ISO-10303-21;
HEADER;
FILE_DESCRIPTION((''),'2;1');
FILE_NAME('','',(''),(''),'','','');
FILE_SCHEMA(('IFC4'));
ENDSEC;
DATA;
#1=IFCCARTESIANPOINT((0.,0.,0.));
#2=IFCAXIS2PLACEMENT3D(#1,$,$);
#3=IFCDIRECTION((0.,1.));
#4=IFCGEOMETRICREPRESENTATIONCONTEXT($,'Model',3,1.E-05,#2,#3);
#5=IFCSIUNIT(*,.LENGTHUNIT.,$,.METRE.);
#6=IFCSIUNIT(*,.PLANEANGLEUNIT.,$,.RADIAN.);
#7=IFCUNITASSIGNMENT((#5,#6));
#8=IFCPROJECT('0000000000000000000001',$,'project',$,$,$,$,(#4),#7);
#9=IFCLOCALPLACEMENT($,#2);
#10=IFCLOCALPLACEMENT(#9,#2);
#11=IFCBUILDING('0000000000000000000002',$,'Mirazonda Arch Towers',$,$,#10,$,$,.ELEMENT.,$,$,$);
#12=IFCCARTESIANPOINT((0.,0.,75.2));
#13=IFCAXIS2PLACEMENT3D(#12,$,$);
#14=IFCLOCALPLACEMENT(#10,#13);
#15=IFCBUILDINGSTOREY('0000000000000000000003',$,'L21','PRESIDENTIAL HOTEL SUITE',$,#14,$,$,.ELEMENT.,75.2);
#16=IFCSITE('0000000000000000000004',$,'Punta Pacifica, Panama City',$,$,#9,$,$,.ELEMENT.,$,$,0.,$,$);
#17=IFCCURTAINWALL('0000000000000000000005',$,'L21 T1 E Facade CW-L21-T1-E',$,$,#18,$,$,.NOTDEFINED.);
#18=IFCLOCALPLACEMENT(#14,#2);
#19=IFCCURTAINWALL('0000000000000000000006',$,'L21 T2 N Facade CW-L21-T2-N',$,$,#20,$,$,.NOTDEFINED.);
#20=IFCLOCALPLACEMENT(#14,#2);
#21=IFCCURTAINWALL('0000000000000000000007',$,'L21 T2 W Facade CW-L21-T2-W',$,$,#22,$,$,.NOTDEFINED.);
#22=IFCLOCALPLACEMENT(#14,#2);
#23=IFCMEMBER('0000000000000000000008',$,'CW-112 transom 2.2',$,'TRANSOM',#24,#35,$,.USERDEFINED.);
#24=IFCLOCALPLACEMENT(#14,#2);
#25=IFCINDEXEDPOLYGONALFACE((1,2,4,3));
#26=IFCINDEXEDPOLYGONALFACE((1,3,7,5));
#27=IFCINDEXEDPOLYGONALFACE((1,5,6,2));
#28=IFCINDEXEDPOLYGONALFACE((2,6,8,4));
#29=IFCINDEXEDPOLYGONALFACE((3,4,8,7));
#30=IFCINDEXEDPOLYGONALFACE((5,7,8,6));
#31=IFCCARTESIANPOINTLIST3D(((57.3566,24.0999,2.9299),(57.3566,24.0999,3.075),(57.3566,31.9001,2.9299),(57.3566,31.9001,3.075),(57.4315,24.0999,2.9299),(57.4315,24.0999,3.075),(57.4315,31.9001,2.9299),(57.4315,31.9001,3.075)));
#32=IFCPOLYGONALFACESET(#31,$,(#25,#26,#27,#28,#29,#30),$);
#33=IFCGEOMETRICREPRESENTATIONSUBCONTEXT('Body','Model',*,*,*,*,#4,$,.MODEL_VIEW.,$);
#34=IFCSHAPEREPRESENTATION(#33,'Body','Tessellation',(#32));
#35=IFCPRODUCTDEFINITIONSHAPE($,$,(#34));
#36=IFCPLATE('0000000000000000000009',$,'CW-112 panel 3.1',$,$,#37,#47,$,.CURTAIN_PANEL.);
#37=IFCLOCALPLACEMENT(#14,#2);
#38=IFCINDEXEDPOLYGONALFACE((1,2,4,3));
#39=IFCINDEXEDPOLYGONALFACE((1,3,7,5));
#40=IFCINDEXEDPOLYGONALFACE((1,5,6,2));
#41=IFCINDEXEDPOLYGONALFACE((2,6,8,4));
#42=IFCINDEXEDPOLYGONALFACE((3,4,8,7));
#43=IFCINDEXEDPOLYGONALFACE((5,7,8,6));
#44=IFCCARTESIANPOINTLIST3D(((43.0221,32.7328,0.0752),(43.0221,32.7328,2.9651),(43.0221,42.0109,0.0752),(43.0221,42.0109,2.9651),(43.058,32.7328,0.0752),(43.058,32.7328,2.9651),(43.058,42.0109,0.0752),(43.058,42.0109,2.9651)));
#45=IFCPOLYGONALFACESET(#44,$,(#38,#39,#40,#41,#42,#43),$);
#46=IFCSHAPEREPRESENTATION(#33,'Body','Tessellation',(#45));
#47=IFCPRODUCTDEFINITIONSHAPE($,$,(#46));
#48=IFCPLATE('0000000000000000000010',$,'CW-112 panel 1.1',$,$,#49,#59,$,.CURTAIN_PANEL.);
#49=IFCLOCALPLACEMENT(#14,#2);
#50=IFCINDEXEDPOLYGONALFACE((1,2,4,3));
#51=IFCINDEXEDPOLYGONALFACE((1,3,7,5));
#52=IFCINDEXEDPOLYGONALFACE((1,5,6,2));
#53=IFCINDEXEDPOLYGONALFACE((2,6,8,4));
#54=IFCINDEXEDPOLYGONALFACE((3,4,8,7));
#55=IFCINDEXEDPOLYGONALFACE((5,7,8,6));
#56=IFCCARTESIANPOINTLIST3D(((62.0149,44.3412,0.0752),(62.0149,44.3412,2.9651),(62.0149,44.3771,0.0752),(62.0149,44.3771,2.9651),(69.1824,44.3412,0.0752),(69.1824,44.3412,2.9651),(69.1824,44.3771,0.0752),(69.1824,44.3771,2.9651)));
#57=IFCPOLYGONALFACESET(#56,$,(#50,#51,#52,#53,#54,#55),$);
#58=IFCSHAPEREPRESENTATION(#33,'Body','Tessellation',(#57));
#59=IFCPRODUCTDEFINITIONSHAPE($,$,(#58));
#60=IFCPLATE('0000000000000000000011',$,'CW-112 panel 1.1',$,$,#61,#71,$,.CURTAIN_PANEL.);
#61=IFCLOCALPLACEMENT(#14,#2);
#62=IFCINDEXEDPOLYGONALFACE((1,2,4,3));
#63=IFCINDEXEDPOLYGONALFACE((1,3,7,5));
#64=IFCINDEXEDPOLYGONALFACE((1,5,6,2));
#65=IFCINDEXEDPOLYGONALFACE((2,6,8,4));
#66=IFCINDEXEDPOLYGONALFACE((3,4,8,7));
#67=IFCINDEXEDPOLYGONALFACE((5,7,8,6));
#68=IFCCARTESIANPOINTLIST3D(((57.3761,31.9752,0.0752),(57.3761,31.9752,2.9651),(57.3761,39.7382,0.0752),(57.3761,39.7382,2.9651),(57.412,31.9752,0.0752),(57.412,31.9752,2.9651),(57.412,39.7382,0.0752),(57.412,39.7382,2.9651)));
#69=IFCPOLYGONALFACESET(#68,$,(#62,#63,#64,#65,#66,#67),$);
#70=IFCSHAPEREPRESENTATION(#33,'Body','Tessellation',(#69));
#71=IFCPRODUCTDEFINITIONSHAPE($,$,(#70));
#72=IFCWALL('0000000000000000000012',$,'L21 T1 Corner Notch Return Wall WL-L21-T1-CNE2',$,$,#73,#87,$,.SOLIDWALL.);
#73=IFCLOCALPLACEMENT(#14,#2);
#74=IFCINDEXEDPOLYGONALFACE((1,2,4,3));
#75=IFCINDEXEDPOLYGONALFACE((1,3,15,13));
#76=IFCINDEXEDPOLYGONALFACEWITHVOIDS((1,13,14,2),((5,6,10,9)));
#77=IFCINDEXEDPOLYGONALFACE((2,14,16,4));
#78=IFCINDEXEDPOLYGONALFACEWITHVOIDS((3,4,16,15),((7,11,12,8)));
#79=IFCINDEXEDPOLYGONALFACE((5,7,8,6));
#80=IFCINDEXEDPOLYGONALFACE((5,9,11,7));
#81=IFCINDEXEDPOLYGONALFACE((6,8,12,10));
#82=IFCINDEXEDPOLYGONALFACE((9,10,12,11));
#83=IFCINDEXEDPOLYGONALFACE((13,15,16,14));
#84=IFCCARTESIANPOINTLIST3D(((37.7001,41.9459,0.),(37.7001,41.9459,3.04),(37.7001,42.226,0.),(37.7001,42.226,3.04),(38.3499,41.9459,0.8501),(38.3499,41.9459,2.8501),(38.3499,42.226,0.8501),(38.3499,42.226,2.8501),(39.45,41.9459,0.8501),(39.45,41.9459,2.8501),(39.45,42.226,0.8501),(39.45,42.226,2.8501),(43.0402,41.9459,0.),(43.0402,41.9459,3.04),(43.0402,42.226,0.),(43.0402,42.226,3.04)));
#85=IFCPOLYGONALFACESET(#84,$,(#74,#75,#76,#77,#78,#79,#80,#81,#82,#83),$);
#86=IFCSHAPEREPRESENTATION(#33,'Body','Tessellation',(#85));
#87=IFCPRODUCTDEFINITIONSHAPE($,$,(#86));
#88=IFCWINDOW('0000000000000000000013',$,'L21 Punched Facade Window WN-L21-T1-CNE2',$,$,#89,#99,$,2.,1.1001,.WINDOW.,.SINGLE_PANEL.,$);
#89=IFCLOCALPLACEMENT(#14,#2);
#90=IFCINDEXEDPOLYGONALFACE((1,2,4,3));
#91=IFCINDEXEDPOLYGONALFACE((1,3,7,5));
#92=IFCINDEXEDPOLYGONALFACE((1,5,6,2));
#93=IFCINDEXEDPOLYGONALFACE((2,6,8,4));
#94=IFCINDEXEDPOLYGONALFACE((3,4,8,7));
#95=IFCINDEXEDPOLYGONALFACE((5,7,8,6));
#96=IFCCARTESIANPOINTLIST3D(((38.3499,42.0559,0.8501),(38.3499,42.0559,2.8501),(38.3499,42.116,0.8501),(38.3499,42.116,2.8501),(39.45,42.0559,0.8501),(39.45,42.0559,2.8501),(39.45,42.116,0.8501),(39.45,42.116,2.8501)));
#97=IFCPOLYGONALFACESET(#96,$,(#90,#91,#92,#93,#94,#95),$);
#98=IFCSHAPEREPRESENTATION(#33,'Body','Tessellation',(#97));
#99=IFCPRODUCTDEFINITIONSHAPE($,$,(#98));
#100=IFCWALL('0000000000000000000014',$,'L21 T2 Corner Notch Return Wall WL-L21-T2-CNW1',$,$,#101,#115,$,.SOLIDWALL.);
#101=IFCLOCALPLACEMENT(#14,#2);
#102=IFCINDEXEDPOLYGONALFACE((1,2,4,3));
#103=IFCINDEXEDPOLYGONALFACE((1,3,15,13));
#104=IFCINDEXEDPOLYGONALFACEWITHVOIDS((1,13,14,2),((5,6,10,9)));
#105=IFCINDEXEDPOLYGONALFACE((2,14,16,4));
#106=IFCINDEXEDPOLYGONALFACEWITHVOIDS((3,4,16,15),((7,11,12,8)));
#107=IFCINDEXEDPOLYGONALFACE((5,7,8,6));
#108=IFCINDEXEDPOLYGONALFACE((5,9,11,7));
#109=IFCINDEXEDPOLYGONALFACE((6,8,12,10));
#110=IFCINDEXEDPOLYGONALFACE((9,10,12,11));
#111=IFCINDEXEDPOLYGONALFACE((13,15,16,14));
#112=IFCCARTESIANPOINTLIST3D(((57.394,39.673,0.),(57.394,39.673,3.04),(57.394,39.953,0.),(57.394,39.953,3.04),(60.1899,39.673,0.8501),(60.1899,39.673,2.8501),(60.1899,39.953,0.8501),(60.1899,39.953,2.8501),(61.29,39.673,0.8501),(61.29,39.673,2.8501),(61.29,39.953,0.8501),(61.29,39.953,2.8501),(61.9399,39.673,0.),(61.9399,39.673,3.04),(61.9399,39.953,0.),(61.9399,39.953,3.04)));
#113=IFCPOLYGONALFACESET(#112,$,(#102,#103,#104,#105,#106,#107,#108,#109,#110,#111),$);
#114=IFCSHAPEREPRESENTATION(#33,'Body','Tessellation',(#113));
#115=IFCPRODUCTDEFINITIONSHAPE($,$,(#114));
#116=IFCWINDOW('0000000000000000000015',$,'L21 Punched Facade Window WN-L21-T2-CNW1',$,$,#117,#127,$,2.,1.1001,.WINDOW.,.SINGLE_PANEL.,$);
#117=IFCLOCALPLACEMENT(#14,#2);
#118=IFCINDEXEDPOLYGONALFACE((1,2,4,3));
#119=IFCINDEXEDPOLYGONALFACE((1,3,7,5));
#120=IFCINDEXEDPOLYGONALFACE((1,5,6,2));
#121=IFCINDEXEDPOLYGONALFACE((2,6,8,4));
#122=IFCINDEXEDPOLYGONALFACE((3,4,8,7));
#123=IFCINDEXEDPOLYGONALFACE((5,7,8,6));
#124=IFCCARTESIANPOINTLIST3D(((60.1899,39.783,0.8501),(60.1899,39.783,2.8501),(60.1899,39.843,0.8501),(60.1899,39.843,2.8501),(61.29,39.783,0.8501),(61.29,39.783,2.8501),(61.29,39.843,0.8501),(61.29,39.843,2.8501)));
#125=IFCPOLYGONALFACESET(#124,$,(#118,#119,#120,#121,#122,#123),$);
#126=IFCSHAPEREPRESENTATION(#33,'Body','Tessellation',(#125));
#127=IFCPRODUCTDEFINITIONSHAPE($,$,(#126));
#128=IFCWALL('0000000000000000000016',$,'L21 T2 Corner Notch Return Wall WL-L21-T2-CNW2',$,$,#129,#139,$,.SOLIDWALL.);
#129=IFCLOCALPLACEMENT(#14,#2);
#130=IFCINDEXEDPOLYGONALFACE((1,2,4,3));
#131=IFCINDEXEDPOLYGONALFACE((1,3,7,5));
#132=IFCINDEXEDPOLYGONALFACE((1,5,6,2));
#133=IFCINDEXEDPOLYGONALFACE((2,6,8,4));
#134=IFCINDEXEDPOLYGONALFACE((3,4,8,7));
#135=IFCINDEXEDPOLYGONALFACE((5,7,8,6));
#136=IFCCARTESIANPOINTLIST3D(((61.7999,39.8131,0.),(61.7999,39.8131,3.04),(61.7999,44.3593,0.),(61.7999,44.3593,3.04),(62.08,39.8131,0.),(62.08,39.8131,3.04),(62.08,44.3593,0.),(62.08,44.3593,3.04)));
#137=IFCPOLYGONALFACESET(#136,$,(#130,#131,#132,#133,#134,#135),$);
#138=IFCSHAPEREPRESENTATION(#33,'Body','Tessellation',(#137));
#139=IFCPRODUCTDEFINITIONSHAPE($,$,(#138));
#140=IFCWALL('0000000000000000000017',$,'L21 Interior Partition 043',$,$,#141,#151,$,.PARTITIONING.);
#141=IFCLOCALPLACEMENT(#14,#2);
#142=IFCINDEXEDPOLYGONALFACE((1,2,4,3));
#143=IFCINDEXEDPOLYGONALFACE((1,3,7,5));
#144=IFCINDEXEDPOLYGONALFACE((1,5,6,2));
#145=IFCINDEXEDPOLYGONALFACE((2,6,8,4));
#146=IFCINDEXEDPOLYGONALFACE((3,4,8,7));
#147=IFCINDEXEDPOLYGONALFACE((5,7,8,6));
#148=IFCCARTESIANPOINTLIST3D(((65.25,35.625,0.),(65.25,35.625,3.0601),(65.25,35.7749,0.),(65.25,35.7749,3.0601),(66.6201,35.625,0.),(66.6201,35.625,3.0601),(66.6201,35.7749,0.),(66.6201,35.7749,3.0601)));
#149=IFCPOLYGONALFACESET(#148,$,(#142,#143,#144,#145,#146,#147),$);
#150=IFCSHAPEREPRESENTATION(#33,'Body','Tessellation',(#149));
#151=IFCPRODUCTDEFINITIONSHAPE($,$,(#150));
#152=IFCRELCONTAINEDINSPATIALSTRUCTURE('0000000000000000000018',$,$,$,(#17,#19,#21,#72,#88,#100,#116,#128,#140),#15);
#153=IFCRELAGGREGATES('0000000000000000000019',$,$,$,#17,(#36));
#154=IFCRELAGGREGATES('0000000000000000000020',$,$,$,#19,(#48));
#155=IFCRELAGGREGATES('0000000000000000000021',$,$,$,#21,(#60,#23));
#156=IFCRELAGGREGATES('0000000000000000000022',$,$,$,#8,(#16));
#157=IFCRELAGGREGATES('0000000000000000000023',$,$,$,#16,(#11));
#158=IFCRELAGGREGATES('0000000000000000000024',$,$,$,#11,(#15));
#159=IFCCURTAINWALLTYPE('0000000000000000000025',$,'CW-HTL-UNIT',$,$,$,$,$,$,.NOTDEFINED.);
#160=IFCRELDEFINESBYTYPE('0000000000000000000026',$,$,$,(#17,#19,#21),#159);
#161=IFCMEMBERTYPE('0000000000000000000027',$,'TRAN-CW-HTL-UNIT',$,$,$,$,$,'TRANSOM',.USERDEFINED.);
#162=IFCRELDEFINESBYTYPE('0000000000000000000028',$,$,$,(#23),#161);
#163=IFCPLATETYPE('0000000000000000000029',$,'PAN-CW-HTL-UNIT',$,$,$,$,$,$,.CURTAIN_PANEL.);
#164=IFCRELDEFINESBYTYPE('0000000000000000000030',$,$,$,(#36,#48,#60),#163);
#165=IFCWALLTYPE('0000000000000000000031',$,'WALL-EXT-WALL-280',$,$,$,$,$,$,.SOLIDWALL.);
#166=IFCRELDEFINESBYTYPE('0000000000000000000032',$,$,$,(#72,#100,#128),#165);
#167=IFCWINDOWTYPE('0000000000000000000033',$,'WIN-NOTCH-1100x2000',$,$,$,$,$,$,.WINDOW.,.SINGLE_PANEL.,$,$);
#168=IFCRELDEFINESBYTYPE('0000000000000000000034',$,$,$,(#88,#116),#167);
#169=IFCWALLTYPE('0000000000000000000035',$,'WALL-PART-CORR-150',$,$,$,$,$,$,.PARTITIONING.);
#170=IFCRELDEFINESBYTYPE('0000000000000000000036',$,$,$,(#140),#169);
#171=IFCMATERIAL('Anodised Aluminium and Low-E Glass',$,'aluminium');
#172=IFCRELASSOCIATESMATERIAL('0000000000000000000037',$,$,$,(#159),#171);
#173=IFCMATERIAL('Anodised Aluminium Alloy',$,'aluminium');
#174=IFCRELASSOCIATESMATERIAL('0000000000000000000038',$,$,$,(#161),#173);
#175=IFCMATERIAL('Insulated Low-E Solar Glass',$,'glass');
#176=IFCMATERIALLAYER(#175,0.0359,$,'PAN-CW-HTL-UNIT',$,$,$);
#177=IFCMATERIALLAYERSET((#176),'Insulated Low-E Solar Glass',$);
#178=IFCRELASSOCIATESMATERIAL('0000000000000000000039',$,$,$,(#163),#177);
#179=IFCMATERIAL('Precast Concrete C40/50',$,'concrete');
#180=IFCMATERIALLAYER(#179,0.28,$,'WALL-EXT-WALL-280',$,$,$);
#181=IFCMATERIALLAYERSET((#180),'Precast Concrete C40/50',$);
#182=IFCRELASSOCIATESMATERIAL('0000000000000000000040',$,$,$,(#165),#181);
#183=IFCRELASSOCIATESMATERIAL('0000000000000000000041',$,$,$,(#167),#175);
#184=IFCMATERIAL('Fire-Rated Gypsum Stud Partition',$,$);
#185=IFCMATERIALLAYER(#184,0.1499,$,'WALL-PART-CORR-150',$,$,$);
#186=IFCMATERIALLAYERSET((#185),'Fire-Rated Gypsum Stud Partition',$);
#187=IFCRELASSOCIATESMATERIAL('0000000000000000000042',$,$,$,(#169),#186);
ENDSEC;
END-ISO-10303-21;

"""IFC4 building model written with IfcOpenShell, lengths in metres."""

from ifc_helpers import new_model, si_unit, direction, frame, frame_2d, origin, origin_2d, place, context, subcontext, project, spatial, rectangle, extrude, material, layer, layer_set, material_profile, profile_set, type_object, element, fill, aggregate, save


model = new_model("IFC4")

# Units and contexts
model_context = context("Model", 3, precision=1e-05, world=origin(), true_north=direction((0.0, 1.0)))
body_context = subcontext(model_context, "Body", "Model", "MODEL_VIEW")
ifc_project = project(units=[si_unit("LENGTHUNIT", "METRE"), si_unit("PLANEANGLEUNIT", "RADIAN")], contexts=[model_context])

# Site, building, storey
site_placement = place(None, origin())
site = spatial("IfcSite", under=ifc_project, at=site_placement, Name="Punta Pacifica, Panama City", CompositionType="ELEMENT", RefElevation=0.0)
building_placement = place(site_placement, origin())
building = spatial("IfcBuilding", under=site, at=building_placement, Name="Mirazonda Arch Towers", CompositionType="ELEMENT")
storey_placement = place(building_placement, frame((0.0, 0.0, 75.2)))
storey = spatial("IfcBuildingStorey", under=building, at=storey_placement, Name="L21", Description="PRESIDENTIAL HOTEL SUITE", CompositionType="ELEMENT", Elevation=75.2)

# Curtain wall
ifc_material_1 = material(Name="Anodised Aluminium and Low-E Glass", Category="aluminium")
curtain_wall_type = type_object("IfcCurtainWallType", Name="CW-HTL-UNIT", PredefinedType="NOTDEFINED", material=ifc_material_1)
curtain_wall_1_placement = place(storey_placement, origin())
curtain_wall_1 = element("IfcCurtainWall", 1, at=curtain_wall_1_placement, inside=storey, type_object=curtain_wall_type, Name="L21 T1 E Facade CW-L21-T1-E", PredefinedType="NOTDEFINED")
ifc_material_2 = material(Name="Anodised Aluminium Alloy", Category="aluminium")

# Curtain wall
curtain_wall_2_placement = place(storey_placement, origin())
curtain_wall_2 = element("IfcCurtainWall", 2, at=curtain_wall_2_placement, inside=storey, type_object=curtain_wall_type, Name="L21 T2 N Facade CW-L21-T2-N", PredefinedType="NOTDEFINED")

# Curtain wall
curtain_wall_3_placement = place(storey_placement, origin())
curtain_wall_3 = element("IfcCurtainWall", 3, at=curtain_wall_3_placement, inside=storey, type_object=curtain_wall_type, Name="L21 T2 W Facade CW-L21-T2-W", PredefinedType="NOTDEFINED")

# Member
ifc_material_profile_1 = material_profile(ifc_material_2, rectangle(XDim=0.075, YDim=0.145, at=origin_2d()), Name="ALU-TRAN-75x145")
ifc_profile_set_1 = profile_set([ifc_material_profile_1], Name="Anodised Aluminium Alloy")
member_type_1 = type_object("IfcMemberType", Name="TRAN-CW-HTL-UNIT", ElementType="TRANSOM", PredefinedType="USERDEFINED", material=ifc_profile_set_1)
member_1_placement = place(storey_placement, frame((57.394, 31.9001, 3.0024), z_axis=(0.0, -1.0, 0.0), x_axis=(1.0, 0.0, 0.0)))
member_1 = element("IfcMember", 4, at=member_1_placement, type_object=member_type_1, Name="CW-112 transom 2.2", ObjectType="TRANSOM", PredefinedType="USERDEFINED", context=body_context, shape_type="SweptSolid", body=[
    extrude(rectangle(XDim=0.075, YDim=0.145, at=origin_2d()), origin(), (0.0, 0.0, 1.0), 7.8003),
])

# Plates
ifc_material_3 = material(Name="Insulated Low-E Solar Glass", Category="glass")
ifc_layer_1 = layer(ifc_material_3, 0.0359, Name="PAN-CW-HTL-UNIT")
ifc_layer_set_1 = layer_set([ifc_layer_1], Name="Insulated Low-E Solar Glass")
plate_type = type_object("IfcPlateType", Name="PAN-CW-HTL-UNIT", PredefinedType="CURTAIN_PANEL", material=ifc_layer_set_1)
plate_1_placement = place(storey_placement, frame((43.04, 37.3718, 0.0752), z_axis=(0.0, 0.0, 1.0), x_axis=(0.0, 1.0, 0.0)))
plate_1 = element("IfcPlate", 5, at=plate_1_placement, type_object=plate_type, Name="CW-112 panel 3.1", PredefinedType="CURTAIN_PANEL", context=body_context, shape_type="SweptSolid", body=[
    extrude(rectangle(XDim=9.2781, YDim=0.0359, at=origin_2d()), origin(), (0.0, 0.0, 1.0), 2.8899),
])
aggregate(curtain_wall_1, [plate_1])
plate_2_placement = place(storey_placement, frame((65.5986, 44.3591, 0.0752), z_axis=(0.0, 0.0, 1.0), x_axis=(1.0, 0.0, 0.0)))
plate_2 = element("IfcPlate", 6, at=plate_2_placement, type_object=plate_type, Name="CW-112 panel 1.1", PredefinedType="CURTAIN_PANEL", context=body_context, shape_type="SweptSolid", body=[
    extrude(rectangle(XDim=7.1675, YDim=0.0359, at=origin_2d()), origin(), (0.0, 0.0, 1.0), 2.8899),
])
aggregate(curtain_wall_2, [plate_2])
plate_3_placement = place(storey_placement, frame((57.394, 35.8567, 0.0752), z_axis=(0.0, 0.0, 1.0), x_axis=(0.0, -1.0, 0.0)))
plate_3 = element("IfcPlate", 7, at=plate_3_placement, type_object=plate_type, Name="CW-112 panel 1.1", PredefinedType="CURTAIN_PANEL", context=body_context, shape_type="SweptSolid", body=[
    extrude(rectangle(XDim=7.7629, YDim=0.0359, at=origin_2d()), origin(), (0.0, 0.0, 1.0), 2.8899),
])
aggregate(curtain_wall_3, [plate_3, member_1])

# Walls, openings, windows
ifc_material_4 = material(Name="Precast Concrete C40/50", Category="concrete")
ifc_layer_2 = layer(ifc_material_4, 0.28, Name="WALL-EXT-WALL-280")
ifc_layer_set_2 = layer_set([ifc_layer_2], Name="Precast Concrete C40/50")
wall_type_1 = type_object("IfcWallType", Name="WALL-EXT-WALL-280", PredefinedType="SOLIDWALL", material=ifc_layer_set_2)
wall_1_placement = place(storey_placement, frame((43.04, 42.0859, 0.0), z_axis=(0.0, 0.0, 1.0), x_axis=(-1.0, 0.0, 0.0)))
wall_1 = element("IfcWall", 8, at=wall_1_placement, inside=storey, type_object=wall_type_1, Name="L21 T1 Corner Notch Return Wall WL-L21-T1-CNE2", PredefinedType="SOLIDWALL", context=body_context, shape_type="SweptSolid", body=[
    extrude(rectangle(XDim=5.3401, YDim=0.28, at=frame_2d((2.6699, 0.0))), origin(), (0.0, 0.0, 1.0), 3.04),
])
opening_1_placement = place(wall_1_placement, frame((3.5901, 0.0, 0.8501)))
opening_1 = element("IfcOpeningElement", 9, at=opening_1_placement, cuts=wall_1, PredefinedType="OPENING", context=body_context, shape_type="SweptSolid", body=[
    extrude(rectangle(XDim=1.1001, YDim=2.0, at=frame_2d((0.55, 1.0))), frame((0.0, 0.1499, 0.0), z_axis=(0.0, -1.0, 0.0), x_axis=(1.0, 0.0, 0.0)), (0.0, 0.0, 1.0), 0.3),
])
window_type = type_object("IfcWindowType", Name="WIN-NOTCH-1100x2000", PartitioningType="SINGLE_PANEL", PredefinedType="WINDOW", material=ifc_material_3)
window_1_placement = place(opening_1_placement, origin())
window_1 = element("IfcWindow", 10, at=window_1_placement, inside=storey, type_object=window_type, Name="L21 Punched Facade Window WN-L21-T1-CNE2", OverallHeight=2.0, OverallWidth=1.1001, PartitioningType="SINGLE_PANEL", PredefinedType="WINDOW", context=body_context, shape_type="SweptSolid", body=[
    extrude(rectangle(XDim=1.1001, YDim=2.0, at=frame_2d((0.55, 1.0))), frame((0.0, 0.03, 0.0), z_axis=(0.0, -1.0, 0.0), x_axis=(1.0, 0.0, 0.0)), (0.0, 0.0, 1.0), 0.0601),
])
fill(opening_1, window_1)
wall_2_placement = place(storey_placement, frame((61.9399, 39.813, 0.0), z_axis=(0.0, 0.0, 1.0), x_axis=(-1.0, 0.0, 0.0)))
wall_2 = element("IfcWall", 11, at=wall_2_placement, inside=storey, type_object=wall_type_1, Name="L21 T2 Corner Notch Return Wall WL-L21-T2-CNW1", PredefinedType="SOLIDWALL", context=body_context, shape_type="SweptSolid", body=[
    extrude(rectangle(XDim=4.5459, YDim=0.28, at=frame_2d((2.2729, 0.0))), origin(), (0.0, 0.0, 1.0), 3.04),
])
opening_2_placement = place(wall_2_placement, frame((0.6499, 0.0, 0.8501)))
opening_2 = element("IfcOpeningElement", 12, at=opening_2_placement, cuts=wall_2, PredefinedType="OPENING", context=body_context, shape_type="SweptSolid", body=[
    extrude(rectangle(XDim=1.1001, YDim=2.0, at=frame_2d((0.55, 1.0))), frame((0.0, 0.1499, 0.0), z_axis=(0.0, -1.0, 0.0), x_axis=(1.0, 0.0, 0.0)), (0.0, 0.0, 1.0), 0.3),
])
window_2_placement = place(opening_2_placement, origin())
window_2 = element("IfcWindow", 13, at=window_2_placement, inside=storey, type_object=window_type, Name="L21 Punched Facade Window WN-L21-T2-CNW1", OverallHeight=2.0, OverallWidth=1.1001, PartitioningType="SINGLE_PANEL", PredefinedType="WINDOW", context=body_context, shape_type="SweptSolid", body=[
    extrude(rectangle(XDim=1.1001, YDim=2.0, at=frame_2d((0.55, 1.0))), frame((0.0, 0.03, 0.0), z_axis=(0.0, -1.0, 0.0), x_axis=(1.0, 0.0, 0.0)), (0.0, 0.0, 1.0), 0.0601),
])
fill(opening_2, window_2)

# Walls
wall_3_placement = place(storey_placement, frame((61.9399, 44.3591, 0.0), z_axis=(0.0, 0.0, 1.0), x_axis=(0.0, -1.0, 0.0)))
element("IfcWall", 14, at=wall_3_placement, inside=storey, type_object=wall_type_1, Name="L21 T2 Corner Notch Return Wall WL-L21-T2-CNW2", PredefinedType="SOLIDWALL", context=body_context, shape_type="SweptSolid", body=[
    extrude(rectangle(XDim=4.5461, YDim=0.28, at=frame_2d((2.2729, 0.0))), origin(), (0.0, 0.0, 1.0), 3.04),
])
ifc_material_5 = material(Name="Fire-Rated Gypsum Stud Partition")
ifc_layer_3 = layer(ifc_material_5, 0.1499, Name="WALL-PART-CORR-150")
ifc_layer_set_3 = layer_set([ifc_layer_3], Name="Fire-Rated Gypsum Stud Partition")
wall_type_2 = type_object("IfcWallType", Name="WALL-PART-CORR-150", PredefinedType="PARTITIONING", material=ifc_layer_set_3)
wall_4_placement = place(storey_placement, frame((65.25, 35.7, 0.0), z_axis=(0.0, 0.0, 1.0), x_axis=(1.0, 0.0, 0.0)))
element("IfcWall", 15, at=wall_4_placement, inside=storey, type_object=wall_type_2, Name="L21 Interior Partition 043", PredefinedType="PARTITIONING", context=body_context, shape_type="SweptSolid", body=[
    extrude(rectangle(XDim=1.3701, YDim=0.1499, at=frame_2d((0.6851, 0.0))), origin(), (0.0, 0.0, 1.0), 3.0601),
])

save(model, "model.ifc")
